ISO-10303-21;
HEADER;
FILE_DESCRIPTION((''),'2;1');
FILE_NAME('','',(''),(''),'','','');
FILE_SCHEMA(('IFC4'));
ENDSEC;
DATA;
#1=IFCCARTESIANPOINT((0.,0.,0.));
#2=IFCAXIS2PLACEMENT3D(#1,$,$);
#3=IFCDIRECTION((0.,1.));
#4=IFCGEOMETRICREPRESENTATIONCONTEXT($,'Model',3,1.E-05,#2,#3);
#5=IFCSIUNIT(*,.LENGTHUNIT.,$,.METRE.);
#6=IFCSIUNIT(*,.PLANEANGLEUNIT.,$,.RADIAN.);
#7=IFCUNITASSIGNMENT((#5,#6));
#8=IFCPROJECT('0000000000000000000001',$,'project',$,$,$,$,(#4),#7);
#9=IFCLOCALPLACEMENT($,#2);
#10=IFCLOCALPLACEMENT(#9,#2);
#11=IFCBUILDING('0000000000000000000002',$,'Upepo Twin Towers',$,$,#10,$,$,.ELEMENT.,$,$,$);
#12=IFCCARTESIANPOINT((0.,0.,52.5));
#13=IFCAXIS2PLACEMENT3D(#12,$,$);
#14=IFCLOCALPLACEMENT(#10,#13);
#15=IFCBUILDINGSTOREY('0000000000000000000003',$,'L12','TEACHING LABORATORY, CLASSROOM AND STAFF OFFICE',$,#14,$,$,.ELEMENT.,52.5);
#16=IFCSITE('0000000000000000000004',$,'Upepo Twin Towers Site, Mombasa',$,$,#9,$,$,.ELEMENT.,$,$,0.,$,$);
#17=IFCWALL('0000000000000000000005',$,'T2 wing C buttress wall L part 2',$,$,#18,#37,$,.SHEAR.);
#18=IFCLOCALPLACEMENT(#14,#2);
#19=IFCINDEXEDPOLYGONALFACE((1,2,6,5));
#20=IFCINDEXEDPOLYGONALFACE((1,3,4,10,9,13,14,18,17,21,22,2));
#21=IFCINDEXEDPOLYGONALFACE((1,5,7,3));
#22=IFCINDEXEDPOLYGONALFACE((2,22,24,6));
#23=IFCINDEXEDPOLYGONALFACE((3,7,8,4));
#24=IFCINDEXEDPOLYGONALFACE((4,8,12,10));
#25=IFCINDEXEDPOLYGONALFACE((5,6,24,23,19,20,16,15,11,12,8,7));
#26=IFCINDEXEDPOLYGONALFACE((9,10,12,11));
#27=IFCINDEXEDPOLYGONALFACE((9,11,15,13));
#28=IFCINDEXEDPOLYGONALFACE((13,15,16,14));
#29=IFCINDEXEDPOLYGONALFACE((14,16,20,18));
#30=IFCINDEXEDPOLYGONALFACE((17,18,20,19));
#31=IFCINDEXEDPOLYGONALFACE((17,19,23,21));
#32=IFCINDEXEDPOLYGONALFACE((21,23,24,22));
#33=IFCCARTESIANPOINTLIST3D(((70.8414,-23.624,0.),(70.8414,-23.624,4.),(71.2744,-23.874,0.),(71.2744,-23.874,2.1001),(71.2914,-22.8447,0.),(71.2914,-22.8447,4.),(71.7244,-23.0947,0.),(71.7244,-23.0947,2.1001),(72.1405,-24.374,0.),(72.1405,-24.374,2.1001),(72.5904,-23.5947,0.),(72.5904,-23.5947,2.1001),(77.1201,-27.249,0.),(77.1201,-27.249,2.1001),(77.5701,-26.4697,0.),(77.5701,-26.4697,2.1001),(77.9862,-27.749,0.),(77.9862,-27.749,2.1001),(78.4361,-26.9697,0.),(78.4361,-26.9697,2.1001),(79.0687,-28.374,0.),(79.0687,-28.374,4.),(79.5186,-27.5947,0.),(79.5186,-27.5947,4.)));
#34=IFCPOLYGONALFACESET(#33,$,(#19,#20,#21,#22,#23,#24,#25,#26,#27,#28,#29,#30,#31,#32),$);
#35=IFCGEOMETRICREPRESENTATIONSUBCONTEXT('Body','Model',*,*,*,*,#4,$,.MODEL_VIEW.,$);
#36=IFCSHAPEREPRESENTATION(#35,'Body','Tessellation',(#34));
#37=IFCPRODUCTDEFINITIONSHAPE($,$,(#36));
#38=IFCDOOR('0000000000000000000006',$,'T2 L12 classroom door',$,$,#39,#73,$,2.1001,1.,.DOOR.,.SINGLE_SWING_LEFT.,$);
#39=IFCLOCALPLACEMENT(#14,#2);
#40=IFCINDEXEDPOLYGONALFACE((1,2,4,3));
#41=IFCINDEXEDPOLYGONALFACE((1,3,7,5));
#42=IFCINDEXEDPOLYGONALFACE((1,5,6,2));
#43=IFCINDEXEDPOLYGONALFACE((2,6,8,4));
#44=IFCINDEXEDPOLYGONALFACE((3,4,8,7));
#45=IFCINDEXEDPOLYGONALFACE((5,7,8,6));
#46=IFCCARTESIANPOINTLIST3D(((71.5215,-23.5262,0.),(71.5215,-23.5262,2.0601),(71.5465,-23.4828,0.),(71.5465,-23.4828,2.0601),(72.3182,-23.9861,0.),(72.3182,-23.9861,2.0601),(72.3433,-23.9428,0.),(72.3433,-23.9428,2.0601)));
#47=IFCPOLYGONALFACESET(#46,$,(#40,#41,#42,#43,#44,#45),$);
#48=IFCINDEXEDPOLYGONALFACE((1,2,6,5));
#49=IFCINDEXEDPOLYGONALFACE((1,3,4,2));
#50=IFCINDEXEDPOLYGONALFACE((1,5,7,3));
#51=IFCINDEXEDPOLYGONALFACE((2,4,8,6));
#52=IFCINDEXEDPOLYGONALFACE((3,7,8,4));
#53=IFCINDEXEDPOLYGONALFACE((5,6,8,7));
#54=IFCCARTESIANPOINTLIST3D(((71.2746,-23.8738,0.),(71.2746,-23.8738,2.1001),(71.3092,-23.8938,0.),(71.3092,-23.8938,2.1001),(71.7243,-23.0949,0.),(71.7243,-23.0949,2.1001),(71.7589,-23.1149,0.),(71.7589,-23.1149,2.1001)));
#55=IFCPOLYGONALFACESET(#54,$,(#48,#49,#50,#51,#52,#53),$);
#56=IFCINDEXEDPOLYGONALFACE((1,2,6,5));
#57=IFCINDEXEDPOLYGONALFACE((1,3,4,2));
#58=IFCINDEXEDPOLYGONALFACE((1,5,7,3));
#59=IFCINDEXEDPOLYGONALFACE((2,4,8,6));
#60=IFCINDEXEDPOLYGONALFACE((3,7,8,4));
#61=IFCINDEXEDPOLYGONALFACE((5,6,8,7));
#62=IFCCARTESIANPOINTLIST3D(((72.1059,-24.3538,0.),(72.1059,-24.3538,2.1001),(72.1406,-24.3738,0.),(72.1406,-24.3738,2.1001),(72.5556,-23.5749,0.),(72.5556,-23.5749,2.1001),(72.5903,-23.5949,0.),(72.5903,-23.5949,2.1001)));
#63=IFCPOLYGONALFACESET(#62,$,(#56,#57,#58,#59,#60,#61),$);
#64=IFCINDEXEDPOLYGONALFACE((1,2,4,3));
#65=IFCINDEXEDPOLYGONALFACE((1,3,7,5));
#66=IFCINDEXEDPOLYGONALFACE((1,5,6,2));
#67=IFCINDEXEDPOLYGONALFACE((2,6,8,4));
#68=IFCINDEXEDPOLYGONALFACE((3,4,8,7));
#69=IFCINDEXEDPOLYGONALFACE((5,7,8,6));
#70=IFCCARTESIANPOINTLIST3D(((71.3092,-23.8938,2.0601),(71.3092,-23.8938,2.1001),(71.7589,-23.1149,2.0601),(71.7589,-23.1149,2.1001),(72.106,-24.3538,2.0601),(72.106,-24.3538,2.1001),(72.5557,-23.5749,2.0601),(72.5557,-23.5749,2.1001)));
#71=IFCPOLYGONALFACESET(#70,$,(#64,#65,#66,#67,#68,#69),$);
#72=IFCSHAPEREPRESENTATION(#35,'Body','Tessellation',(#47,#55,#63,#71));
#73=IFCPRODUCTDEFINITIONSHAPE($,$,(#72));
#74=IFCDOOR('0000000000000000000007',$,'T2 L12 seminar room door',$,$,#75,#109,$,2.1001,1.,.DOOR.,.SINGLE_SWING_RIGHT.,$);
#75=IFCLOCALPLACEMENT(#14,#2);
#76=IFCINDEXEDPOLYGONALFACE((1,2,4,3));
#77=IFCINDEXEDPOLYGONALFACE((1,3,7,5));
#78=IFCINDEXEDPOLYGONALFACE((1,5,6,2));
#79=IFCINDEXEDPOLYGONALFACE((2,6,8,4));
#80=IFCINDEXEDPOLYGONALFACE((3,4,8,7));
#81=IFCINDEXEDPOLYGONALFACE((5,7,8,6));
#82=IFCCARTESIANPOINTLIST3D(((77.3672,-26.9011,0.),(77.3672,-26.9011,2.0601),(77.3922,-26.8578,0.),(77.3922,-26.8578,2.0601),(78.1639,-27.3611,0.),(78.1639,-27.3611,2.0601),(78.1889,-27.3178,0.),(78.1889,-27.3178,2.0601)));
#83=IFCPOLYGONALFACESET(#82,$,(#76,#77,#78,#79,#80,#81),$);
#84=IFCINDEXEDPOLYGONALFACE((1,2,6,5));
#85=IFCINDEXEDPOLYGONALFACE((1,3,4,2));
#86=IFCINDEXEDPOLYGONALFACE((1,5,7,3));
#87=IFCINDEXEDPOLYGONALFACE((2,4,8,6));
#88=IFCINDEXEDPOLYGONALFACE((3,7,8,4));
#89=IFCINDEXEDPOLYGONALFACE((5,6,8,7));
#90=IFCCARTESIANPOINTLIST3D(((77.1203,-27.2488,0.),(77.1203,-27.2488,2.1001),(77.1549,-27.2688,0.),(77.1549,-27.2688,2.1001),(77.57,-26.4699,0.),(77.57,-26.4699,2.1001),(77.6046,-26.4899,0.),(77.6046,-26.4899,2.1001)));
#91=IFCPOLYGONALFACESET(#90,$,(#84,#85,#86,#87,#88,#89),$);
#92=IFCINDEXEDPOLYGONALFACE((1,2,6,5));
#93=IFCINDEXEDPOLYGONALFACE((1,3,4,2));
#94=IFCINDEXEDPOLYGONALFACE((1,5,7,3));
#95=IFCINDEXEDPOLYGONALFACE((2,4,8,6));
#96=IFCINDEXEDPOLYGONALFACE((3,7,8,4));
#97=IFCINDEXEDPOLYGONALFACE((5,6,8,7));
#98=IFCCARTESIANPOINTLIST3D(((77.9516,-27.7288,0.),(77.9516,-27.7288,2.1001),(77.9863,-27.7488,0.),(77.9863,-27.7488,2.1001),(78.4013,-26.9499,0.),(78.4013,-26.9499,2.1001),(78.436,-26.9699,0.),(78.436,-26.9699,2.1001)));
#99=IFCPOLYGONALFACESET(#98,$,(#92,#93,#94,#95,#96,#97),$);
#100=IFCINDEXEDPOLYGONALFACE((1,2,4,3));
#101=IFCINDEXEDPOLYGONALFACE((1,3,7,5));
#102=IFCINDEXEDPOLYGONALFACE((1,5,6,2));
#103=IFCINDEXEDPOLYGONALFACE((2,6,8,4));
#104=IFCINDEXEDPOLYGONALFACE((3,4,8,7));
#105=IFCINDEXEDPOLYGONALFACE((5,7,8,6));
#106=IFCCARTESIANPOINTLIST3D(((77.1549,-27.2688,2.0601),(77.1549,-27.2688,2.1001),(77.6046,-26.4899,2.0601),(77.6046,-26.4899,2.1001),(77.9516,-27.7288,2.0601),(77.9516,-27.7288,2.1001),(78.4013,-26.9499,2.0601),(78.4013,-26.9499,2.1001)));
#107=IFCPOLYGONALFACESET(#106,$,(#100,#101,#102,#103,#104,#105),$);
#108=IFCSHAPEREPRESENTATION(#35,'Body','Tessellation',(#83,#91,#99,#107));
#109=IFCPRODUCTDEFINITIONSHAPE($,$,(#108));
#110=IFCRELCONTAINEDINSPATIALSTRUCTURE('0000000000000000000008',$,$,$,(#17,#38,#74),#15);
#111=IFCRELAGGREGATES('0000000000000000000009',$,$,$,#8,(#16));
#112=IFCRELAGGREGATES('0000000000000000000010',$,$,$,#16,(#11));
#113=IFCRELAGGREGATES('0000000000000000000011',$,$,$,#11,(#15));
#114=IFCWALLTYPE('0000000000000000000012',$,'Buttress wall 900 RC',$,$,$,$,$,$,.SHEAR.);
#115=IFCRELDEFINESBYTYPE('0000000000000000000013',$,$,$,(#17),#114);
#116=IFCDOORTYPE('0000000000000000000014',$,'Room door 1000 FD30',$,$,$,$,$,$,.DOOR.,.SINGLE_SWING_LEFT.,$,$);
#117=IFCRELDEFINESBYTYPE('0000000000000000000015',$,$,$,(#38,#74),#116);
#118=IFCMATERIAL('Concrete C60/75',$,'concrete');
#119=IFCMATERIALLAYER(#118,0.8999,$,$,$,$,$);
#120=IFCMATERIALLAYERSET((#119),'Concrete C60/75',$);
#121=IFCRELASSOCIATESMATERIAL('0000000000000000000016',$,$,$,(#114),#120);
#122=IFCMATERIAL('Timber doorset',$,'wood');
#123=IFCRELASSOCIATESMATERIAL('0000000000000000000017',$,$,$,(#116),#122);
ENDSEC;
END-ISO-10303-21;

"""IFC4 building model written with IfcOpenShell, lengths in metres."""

from ifc_helpers import new_model, si_unit, direction, frame, frame_2d, origin, place, context, subcontext, project, spatial, rectangle, extrude, material, layer, layer_set, type_object, element, fill, save


model = new_model("IFC4")

# Units and contexts
model_context = context("Model", 3, precision=1e-05, world=origin(), true_north=direction((0.0, 1.0)))
body_context = subcontext(model_context, "Body", "Model", "MODEL_VIEW")
ifc_project = project(units=[si_unit("LENGTHUNIT", "METRE"), si_unit("PLANEANGLEUNIT", "RADIAN")], contexts=[model_context])

# Site, building, storey
site_placement = place(None, origin())
site = spatial("IfcSite", under=ifc_project, at=site_placement, Name="Upepo Twin Towers Site, Mombasa", CompositionType="ELEMENT", RefElevation=0.0)
building_placement = place(site_placement, origin())
building = spatial("IfcBuilding", under=site, at=building_placement, Name="Upepo Twin Towers", CompositionType="ELEMENT")
storey_placement = place(building_placement, frame((0.0, 0.0, 52.5)))
storey = spatial("IfcBuildingStorey", under=building, at=storey_placement, Name="L12", Description="TEACHING LABORATORY, CLASSROOM AND STAFF OFFICE", CompositionType="ELEMENT", Elevation=52.5)

# Wall, openings, doors
ifc_material_1 = material(Name="Concrete C60/75", Category="concrete")
ifc_layer_1 = layer(ifc_material_1, 0.8999)
ifc_layer_set_1 = layer_set([ifc_layer_1], Name="Concrete C60/75")
wall_type_1 = type_object("IfcWallType", Name="Buttress wall 900 RC", PredefinedType="SHEAR", material=ifc_layer_set_1)
wall_1_placement = place(storey_placement, frame((71.0664, -23.2344, 0.0), z_axis=(0.0, 0.0, 1.0), x_axis=(0.866027, -0.499998, 0.0)))
wall_1 = element("IfcWall", 1, at=wall_1_placement, inside=storey, type_object=wall_type_1, Name="T2 wing C buttress wall L part 2", PredefinedType="SHEAR", context=body_context, shape_type="SweptSolid", body=[
    extrude(rectangle(XDim=9.5, YDim=0.8999, at=frame_2d((4.75, 0.0))), origin(), (0.0, 0.0, 1.0), 4.0),
])
opening_1_placement = place(wall_1_placement, frame((0.5, 0.0, 0.0)))
opening_1 = element("IfcOpeningElement", 2, at=opening_1_placement, cuts=wall_1, PredefinedType="OPENING", context=body_context, shape_type="SweptSolid", body=[
    extrude(rectangle(XDim=1.0, YDim=2.1001, at=frame_2d((0.5, 1.05))), frame((0.0, 0.46, 0.0), z_axis=(0.0, -1.0, 0.0), x_axis=(1.0, 0.0, 0.0)), (0.0, 0.0, 1.0), 0.9199),
])
opening_2_placement = place(wall_1_placement, frame((7.25, 0.0, 0.0)))
opening_2 = element("IfcOpeningElement", 3, at=opening_2_placement, cuts=wall_1, PredefinedType="OPENING", context=body_context, shape_type="SweptSolid", body=[
    extrude(rectangle(XDim=1.0, YDim=2.1001, at=frame_2d((0.5, 1.05))), frame((0.0, 0.46, 0.0), z_axis=(0.0, -1.0, 0.0), x_axis=(1.0, 0.0, 0.0)), (0.0, 0.0, 1.0), 0.9199),
])
ifc_material_2 = material(Name="Timber doorset", Category="wood")
door_type = type_object("IfcDoorType", Name="Room door 1000 FD30", OperationType="SINGLE_SWING_LEFT", PredefinedType="DOOR", material=ifc_material_2)
door_1_placement = place(opening_1_placement, origin())
door_1 = element("IfcDoor", 4, at=door_1_placement, inside=storey, type_object=door_type, Name="T2 L12 classroom door", OperationType="SINGLE_SWING_LEFT", OverallHeight=2.1001, OverallWidth=1.0, PredefinedType="DOOR", context=body_context, shape_type="SweptSolid", body=[
    extrude(rectangle(XDim=0.92, YDim=2.0601, at=frame_2d((0.5, 1.03))), frame((0.0, 0.0249, 0.0), z_axis=(0.0, -1.0, 0.0), x_axis=(1.0, 0.0, 0.0)), (0.0, 0.0, 1.0), 0.05),
    extrude(rectangle(XDim=0.04, YDim=2.1001, at=frame_2d((0.02, 1.05))), frame((0.0, 0.4497, 0.0), z_axis=(0.0, -1.0, 0.0), x_axis=(1.0, 0.0, 0.0)), (0.0, 0.0, 1.0), 0.8994),
    extrude(rectangle(XDim=0.04, YDim=2.1001, at=frame_2d((0.98, 1.05))), frame((0.0, 0.4497, 0.0), z_axis=(0.0, -1.0, 0.0), x_axis=(1.0, 0.0, 0.0)), (0.0, 0.0, 1.0), 0.8994),
    extrude(rectangle(XDim=0.92, YDim=0.04, at=frame_2d((0.5, 2.0801))), frame((0.0, 0.4497, 0.0), z_axis=(0.0, -1.0, 0.0), x_axis=(1.0, 0.0, 0.0)), (0.0, 0.0, 1.0), 0.8994),
])
fill(opening_1, door_1)
door_2_placement = place(opening_2_placement, origin())
door_2 = element("IfcDoor", 5, at=door_2_placement, inside=storey, type_object=door_type, Name="T2 L12 seminar room door", OperationType="SINGLE_SWING_RIGHT", OverallHeight=2.1001, OverallWidth=1.0, PredefinedType="DOOR", context=body_context, shape_type="SweptSolid", body=[
    extrude(rectangle(XDim=0.92, YDim=2.0601, at=frame_2d((0.5, 1.03))), frame((0.0, 0.0249, 0.0), z_axis=(0.0, -1.0, 0.0), x_axis=(1.0, 0.0, 0.0)), (0.0, 0.0, 1.0), 0.05),
    extrude(rectangle(XDim=0.04, YDim=2.1001, at=frame_2d((0.02, 1.05))), frame((0.0, 0.4497, 0.0), z_axis=(0.0, -1.0, 0.0), x_axis=(1.0, 0.0, 0.0)), (0.0, 0.0, 1.0), 0.8994),
    extrude(rectangle(XDim=0.04, YDim=2.1001, at=frame_2d((0.98, 1.05))), frame((0.0, 0.4497, 0.0), z_axis=(0.0, -1.0, 0.0), x_axis=(1.0, 0.0, 0.0)), (0.0, 0.0, 1.0), 0.8994),
    extrude(rectangle(XDim=0.92, YDim=0.04, at=frame_2d((0.5, 2.0801))), frame((0.0, 0.4497, 0.0), z_axis=(0.0, -1.0, 0.0), x_axis=(1.0, 0.0, 0.0)), (0.0, 0.0, 1.0), 0.8994),
])
fill(opening_2, door_2)

save(model, "model.ifc")
